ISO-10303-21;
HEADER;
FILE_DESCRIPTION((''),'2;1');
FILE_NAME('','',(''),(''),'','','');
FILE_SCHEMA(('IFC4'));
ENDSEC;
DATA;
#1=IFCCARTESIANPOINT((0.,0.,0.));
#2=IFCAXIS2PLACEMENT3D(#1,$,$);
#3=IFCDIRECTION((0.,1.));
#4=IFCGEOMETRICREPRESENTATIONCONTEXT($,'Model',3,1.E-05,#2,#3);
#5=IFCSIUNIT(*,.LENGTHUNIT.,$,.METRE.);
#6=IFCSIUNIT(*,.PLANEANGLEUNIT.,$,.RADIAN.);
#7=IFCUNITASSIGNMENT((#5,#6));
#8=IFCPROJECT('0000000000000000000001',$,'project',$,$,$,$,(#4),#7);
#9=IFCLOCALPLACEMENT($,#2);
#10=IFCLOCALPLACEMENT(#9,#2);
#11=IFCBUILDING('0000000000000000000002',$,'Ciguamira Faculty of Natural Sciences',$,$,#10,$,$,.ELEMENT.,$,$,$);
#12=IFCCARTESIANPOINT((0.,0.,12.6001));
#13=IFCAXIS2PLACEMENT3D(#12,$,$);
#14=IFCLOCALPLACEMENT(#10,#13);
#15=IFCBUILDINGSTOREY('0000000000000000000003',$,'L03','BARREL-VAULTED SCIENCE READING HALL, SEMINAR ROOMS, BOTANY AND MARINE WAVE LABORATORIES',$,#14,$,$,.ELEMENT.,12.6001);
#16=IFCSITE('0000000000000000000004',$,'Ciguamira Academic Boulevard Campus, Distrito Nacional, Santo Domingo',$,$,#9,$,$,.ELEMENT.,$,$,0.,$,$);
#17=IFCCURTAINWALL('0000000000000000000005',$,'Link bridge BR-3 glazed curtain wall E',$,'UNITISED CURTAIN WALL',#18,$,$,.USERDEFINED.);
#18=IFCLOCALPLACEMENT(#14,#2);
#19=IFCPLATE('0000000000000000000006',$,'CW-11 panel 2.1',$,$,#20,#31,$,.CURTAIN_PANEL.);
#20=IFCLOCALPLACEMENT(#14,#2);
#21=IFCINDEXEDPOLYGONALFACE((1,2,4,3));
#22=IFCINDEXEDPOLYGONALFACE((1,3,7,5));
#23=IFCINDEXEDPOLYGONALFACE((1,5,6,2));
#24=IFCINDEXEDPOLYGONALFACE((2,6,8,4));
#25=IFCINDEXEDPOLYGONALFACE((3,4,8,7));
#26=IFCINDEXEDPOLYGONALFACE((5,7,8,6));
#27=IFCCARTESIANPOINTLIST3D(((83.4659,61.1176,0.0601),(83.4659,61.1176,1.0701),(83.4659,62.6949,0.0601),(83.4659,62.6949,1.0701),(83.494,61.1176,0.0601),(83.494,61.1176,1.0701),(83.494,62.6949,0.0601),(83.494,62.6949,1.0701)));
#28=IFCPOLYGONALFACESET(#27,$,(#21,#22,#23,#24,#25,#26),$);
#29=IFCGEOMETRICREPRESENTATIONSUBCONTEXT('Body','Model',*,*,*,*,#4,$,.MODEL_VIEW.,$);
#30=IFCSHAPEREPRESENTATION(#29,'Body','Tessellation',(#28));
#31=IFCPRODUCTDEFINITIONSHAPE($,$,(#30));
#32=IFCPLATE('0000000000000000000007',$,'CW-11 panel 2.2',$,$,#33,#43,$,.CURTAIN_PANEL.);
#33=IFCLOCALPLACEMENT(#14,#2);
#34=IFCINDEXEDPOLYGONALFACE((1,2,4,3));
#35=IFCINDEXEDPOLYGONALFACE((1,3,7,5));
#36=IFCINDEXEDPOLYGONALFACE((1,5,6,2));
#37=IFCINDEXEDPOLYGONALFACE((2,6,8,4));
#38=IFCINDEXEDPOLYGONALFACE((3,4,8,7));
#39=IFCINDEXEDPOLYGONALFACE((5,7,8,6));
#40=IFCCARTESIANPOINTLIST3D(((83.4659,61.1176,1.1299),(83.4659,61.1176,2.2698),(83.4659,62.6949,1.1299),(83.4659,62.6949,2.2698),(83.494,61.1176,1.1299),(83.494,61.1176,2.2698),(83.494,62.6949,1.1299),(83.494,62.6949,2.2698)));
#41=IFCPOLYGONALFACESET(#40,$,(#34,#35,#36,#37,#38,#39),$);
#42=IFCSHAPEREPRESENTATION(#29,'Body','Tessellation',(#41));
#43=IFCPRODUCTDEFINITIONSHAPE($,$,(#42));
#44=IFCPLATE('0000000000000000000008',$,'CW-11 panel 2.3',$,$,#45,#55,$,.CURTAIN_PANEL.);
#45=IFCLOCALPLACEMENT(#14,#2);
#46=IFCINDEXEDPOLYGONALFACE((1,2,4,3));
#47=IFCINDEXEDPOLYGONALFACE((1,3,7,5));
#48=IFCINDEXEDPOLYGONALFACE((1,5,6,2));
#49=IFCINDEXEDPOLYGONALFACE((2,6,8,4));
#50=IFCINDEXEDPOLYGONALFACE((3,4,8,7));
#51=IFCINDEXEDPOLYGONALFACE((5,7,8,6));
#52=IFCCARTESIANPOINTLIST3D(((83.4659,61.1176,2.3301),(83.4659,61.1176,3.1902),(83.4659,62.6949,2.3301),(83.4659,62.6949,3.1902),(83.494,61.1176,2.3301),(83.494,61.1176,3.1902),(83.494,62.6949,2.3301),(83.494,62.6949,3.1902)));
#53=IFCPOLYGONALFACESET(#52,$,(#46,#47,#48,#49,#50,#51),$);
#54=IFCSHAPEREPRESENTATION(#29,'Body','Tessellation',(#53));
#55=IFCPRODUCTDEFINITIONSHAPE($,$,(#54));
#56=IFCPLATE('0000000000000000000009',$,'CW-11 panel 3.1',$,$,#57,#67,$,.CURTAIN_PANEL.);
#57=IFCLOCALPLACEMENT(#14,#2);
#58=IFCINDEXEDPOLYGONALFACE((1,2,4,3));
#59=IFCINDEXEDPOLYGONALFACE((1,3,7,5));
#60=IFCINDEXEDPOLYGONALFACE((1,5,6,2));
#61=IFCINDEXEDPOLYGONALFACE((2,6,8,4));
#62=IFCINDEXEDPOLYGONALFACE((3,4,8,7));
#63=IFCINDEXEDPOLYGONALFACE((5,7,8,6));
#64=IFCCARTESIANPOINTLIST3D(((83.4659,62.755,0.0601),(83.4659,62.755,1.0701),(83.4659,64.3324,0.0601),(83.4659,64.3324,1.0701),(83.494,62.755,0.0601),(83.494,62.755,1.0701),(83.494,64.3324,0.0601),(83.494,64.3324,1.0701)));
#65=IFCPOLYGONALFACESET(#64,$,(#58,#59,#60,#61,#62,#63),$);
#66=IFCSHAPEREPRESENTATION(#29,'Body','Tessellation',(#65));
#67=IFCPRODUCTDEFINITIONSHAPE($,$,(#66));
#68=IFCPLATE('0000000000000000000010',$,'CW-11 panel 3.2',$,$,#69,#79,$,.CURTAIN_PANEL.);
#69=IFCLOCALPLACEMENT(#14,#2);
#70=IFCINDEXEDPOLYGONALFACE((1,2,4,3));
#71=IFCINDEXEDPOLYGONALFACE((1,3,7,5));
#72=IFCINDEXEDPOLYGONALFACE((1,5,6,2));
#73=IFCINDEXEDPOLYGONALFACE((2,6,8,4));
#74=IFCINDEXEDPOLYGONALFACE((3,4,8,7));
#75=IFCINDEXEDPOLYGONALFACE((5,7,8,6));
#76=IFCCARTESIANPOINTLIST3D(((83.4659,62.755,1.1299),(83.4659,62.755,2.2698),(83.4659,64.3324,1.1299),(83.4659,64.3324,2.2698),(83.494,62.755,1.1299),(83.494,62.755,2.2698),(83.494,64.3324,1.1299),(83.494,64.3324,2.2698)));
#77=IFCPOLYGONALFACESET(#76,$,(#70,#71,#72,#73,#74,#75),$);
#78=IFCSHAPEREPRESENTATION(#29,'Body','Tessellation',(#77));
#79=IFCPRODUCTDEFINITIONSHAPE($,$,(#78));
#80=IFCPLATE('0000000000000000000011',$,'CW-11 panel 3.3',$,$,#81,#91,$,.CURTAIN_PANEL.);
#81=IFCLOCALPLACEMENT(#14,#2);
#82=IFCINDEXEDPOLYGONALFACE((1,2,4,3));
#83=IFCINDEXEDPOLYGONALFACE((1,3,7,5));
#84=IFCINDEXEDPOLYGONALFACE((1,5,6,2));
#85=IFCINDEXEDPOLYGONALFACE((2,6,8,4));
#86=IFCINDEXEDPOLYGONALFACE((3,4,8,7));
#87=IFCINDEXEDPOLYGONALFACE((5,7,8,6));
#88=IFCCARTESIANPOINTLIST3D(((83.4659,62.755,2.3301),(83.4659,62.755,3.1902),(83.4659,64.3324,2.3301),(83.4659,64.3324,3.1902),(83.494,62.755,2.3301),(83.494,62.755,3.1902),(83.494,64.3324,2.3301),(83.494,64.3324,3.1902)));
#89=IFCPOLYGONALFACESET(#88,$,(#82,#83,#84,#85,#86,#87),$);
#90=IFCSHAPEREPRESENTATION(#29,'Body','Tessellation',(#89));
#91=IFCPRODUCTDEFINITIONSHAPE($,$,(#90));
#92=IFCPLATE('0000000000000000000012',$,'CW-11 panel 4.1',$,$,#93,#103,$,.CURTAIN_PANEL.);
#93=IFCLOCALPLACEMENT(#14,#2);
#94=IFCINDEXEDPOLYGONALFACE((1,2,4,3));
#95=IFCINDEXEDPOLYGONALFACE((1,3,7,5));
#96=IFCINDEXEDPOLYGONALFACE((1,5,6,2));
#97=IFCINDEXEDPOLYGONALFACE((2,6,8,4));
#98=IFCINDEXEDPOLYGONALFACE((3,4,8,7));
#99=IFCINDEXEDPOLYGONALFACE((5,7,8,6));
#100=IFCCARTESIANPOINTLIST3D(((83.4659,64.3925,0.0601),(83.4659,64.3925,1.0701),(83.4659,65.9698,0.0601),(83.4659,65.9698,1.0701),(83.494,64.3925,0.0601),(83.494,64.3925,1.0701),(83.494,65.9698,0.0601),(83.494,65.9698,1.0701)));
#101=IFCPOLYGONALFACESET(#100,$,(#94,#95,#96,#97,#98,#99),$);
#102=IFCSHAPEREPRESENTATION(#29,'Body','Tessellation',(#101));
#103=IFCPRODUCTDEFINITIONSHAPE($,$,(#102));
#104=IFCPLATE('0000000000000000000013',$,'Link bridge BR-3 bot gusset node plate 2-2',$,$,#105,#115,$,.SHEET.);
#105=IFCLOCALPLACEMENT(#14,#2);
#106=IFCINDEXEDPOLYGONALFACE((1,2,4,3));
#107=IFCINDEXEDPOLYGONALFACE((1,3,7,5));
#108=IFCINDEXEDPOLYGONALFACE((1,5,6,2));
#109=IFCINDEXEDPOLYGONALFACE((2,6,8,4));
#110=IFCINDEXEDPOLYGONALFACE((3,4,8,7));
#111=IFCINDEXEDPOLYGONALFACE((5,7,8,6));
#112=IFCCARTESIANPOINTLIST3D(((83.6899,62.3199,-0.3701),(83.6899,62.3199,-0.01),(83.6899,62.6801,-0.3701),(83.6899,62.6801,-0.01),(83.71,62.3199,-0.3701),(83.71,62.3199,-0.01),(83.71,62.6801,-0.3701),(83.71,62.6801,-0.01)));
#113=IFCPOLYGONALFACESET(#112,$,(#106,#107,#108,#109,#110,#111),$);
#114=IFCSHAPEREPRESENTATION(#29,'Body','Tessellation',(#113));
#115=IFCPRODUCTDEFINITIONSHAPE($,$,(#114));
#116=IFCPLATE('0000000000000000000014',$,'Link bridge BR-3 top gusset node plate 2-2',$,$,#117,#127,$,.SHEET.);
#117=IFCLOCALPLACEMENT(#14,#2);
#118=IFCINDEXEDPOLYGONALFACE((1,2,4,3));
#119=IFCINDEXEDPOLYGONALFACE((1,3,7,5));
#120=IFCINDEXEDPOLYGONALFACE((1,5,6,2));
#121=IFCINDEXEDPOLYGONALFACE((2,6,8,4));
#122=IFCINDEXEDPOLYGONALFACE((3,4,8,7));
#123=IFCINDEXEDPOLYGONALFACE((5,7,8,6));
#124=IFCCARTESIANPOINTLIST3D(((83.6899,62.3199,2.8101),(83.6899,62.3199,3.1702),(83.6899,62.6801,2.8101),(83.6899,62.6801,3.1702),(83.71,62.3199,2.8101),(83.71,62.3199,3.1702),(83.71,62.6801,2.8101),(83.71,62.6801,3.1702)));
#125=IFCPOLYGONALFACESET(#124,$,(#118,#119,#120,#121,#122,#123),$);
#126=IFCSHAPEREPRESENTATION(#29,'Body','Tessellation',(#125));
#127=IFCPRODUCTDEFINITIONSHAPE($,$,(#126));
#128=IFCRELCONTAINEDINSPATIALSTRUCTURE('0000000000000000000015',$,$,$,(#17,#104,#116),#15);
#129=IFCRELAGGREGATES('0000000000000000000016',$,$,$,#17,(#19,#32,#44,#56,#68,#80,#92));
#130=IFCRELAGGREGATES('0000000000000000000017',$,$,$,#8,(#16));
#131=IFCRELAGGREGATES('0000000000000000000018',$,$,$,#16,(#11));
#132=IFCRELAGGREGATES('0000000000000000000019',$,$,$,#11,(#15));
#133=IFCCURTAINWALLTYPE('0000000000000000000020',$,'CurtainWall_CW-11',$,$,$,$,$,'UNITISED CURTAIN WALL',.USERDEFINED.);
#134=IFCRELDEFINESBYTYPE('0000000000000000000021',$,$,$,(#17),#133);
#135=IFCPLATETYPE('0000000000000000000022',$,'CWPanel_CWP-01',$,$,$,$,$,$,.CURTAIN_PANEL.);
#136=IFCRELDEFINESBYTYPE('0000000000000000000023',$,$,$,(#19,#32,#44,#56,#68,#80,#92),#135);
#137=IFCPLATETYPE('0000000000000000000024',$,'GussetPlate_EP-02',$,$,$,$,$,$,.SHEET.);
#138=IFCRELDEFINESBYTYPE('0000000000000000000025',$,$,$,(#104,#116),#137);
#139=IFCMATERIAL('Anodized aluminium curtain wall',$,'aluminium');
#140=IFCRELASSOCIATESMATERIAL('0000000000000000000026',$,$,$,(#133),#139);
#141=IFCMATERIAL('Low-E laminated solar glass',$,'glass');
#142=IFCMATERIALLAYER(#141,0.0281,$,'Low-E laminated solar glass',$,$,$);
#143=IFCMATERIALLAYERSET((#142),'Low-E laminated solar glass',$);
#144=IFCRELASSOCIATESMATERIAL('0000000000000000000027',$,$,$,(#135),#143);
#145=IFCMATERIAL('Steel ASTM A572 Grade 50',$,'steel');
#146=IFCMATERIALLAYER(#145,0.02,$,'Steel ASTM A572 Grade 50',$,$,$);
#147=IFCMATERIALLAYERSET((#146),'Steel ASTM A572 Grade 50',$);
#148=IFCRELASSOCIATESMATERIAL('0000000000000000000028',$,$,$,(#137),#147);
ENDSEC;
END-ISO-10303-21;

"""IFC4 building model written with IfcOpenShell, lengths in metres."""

from ifc_helpers import new_model, si_unit, direction, frame, origin, origin_2d, place, context, subcontext, project, spatial, rectangle, extrude, material, layer, layer_set, type_object, element, aggregate, save


model = new_model("IFC4")

# Units and contexts
model_context = context("Model", 3, precision=1e-05, world=origin(), true_north=direction((0.0, 1.0)))
body_context = subcontext(model_context, "Body", "Model", "MODEL_VIEW")
ifc_project = project(units=[si_unit("LENGTHUNIT", "METRE"), si_unit("PLANEANGLEUNIT", "RADIAN")], contexts=[model_context])

# Site, building, storey
site_placement = place(None, origin())
site = spatial("IfcSite", under=ifc_project, at=site_placement, Name="Ciguamira Academic Boulevard Campus, Distrito Nacional, Santo Domingo", CompositionType="ELEMENT", RefElevation=0.0)
building_placement = place(site_placement, origin())
building = spatial("IfcBuilding", under=site, at=building_placement, Name="Ciguamira Faculty of Natural Sciences", CompositionType="ELEMENT")
storey_placement = place(building_placement, frame((0.0, 0.0, 12.6001)))
storey = spatial("IfcBuildingStorey", under=building, at=storey_placement, Name="L03", Description="BARREL-VAULTED SCIENCE READING HALL, SEMINAR ROOMS, BOTANY AND MARINE WAVE LABORATORIES", CompositionType="ELEMENT", Elevation=12.6001)

# Curtain wall
ifc_material_1 = material(Name="Anodized aluminium curtain wall", Category="aluminium")
curtain_wall_type = type_object("IfcCurtainWallType", Name="CurtainWall_CW-11", ElementType="UNITISED CURTAIN WALL", PredefinedType="USERDEFINED", material=ifc_material_1)
curtain_wall_placement = place(storey_placement, origin())
curtain_wall = element("IfcCurtainWall", 1, at=curtain_wall_placement, inside=storey, type_object=curtain_wall_type, Name="Link bridge BR-3 glazed curtain wall E", ObjectType="UNITISED CURTAIN WALL", PredefinedType="USERDEFINED")

# Plates
ifc_material_2 = material(Name="Low-E laminated solar glass", Category="glass")
ifc_layer_1 = layer(ifc_material_2, 0.0281, Name="Low-E laminated solar glass")
ifc_layer_set_1 = layer_set([ifc_layer_1], Name="Low-E laminated solar glass")
plate_type_1 = type_object("IfcPlateType", Name="CWPanel_CWP-01", PredefinedType="CURTAIN_PANEL", material=ifc_layer_set_1)
plate_1_placement = place(storey_placement, frame((83.48, 61.9062, 0.0601), z_axis=(0.0, 0.0, 1.0), x_axis=(0.0, 1.0, 0.0)))
plate_1 = element("IfcPlate", 2, at=plate_1_placement, type_object=plate_type_1, Name="CW-11 panel 2.1", PredefinedType="CURTAIN_PANEL", context=body_context, shape_type="SweptSolid", body=[
    extrude(rectangle(XDim=1.5774, YDim=0.0281, at=origin_2d()), origin(), (0.0, 0.0, 1.0), 1.01),
])
plate_2_placement = place(storey_placement, frame((83.48, 61.9062, 1.1299), z_axis=(0.0, 0.0, 1.0), x_axis=(0.0, 1.0, 0.0)))
plate_2 = element("IfcPlate", 3, at=plate_2_placement, type_object=plate_type_1, Name="CW-11 panel 2.2", PredefinedType="CURTAIN_PANEL", context=body_context, shape_type="SweptSolid", body=[
    extrude(rectangle(XDim=1.5774, YDim=0.0281, at=origin_2d()), origin(), (0.0, 0.0, 1.0), 1.1399),
])
plate_3_placement = place(storey_placement, frame((83.48, 61.9062, 2.3301), z_axis=(0.0, 0.0, 1.0), x_axis=(0.0, 1.0, 0.0)))
plate_3 = element("IfcPlate", 4, at=plate_3_placement, type_object=plate_type_1, Name="CW-11 panel 2.3", PredefinedType="CURTAIN_PANEL", context=body_context, shape_type="SweptSolid", body=[
    extrude(rectangle(XDim=1.5774, YDim=0.0281, at=origin_2d()), origin(), (0.0, 0.0, 1.0), 0.8601),
])
plate_4_placement = place(storey_placement, frame((83.48, 63.5437, 0.0601), z_axis=(0.0, 0.0, 1.0), x_axis=(0.0, 1.0, 0.0)))
plate_4 = element("IfcPlate", 5, at=plate_4_placement, type_object=plate_type_1, Name="CW-11 panel 3.1", PredefinedType="CURTAIN_PANEL", context=body_context, shape_type="SweptSolid", body=[
    extrude(rectangle(XDim=1.5774, YDim=0.0281, at=origin_2d()), origin(), (0.0, 0.0, 1.0), 1.01),
])
plate_5_placement = place(storey_placement, frame((83.48, 63.5437, 1.1299), z_axis=(0.0, 0.0, 1.0), x_axis=(0.0, 1.0, 0.0)))
plate_5 = element("IfcPlate", 6, at=plate_5_placement, type_object=plate_type_1, Name="CW-11 panel 3.2", PredefinedType="CURTAIN_PANEL", context=body_context, shape_type="SweptSolid", body=[
    extrude(rectangle(XDim=1.5774, YDim=0.0281, at=origin_2d()), origin(), (0.0, 0.0, 1.0), 1.1399),
])
plate_6_placement = place(storey_placement, frame((83.48, 63.5437, 2.3301), z_axis=(0.0, 0.0, 1.0), x_axis=(0.0, 1.0, 0.0)))
plate_6 = element("IfcPlate", 7, at=plate_6_placement, type_object=plate_type_1, Name="CW-11 panel 3.3", PredefinedType="CURTAIN_PANEL", context=body_context, shape_type="SweptSolid", body=[
    extrude(rectangle(XDim=1.5774, YDim=0.0281, at=origin_2d()), origin(), (0.0, 0.0, 1.0), 0.8601),
])
plate_7_placement = place(storey_placement, frame((83.48, 65.1812, 0.0601), z_axis=(0.0, 0.0, 1.0), x_axis=(0.0, 1.0, 0.0)))
plate_7 = element("IfcPlate", 8, at=plate_7_placement, type_object=plate_type_1, Name="CW-11 panel 4.1", PredefinedType="CURTAIN_PANEL", context=body_context, shape_type="SweptSolid", body=[
    extrude(rectangle(XDim=1.5774, YDim=0.0281, at=origin_2d()), origin(), (0.0, 0.0, 1.0), 1.01),
])
aggregate(curtain_wall, [plate_1, plate_2, plate_3, plate_4, plate_5, plate_6, plate_7])

# Plates
ifc_material_3 = material(Name="Steel ASTM A572 Grade 50", Category="steel")
ifc_layer_2 = layer(ifc_material_3, 0.02, Name="Steel ASTM A572 Grade 50")
ifc_layer_set_2 = layer_set([ifc_layer_2], Name="Steel ASTM A572 Grade 50")
plate_type_2 = type_object("IfcPlateType", Name="GussetPlate_EP-02", PredefinedType="SHEET", material=ifc_layer_set_2)
for number, where, z_axis, x_axis, name in (
    (9, (83.7, 62.5, -0.3701), (0.0, 0.0, 1.0), (1.0, 0.0, 0.0), "Link bridge BR-3 bot gusset node plate 2-2"),
    (10, (83.7, 62.5, 2.8101), (0.0, 0.0, 1.0), (1.0, 0.0, 0.0), "Link bridge BR-3 top gusset node plate 2-2"),
):
    element("IfcPlate", number, at=place(storey_placement, frame(where, z_axis=z_axis, x_axis=x_axis)), inside=storey, type_object=plate_type_2, Name=name, PredefinedType="SHEET", context=body_context, shape_type="SweptSolid", body=[
        extrude(rectangle(XDim=0.02, YDim=0.3601, at=origin_2d()), origin(), (0.0, 0.0, 1.0), 0.3601),
    ])

save(model, "model.ifc")
